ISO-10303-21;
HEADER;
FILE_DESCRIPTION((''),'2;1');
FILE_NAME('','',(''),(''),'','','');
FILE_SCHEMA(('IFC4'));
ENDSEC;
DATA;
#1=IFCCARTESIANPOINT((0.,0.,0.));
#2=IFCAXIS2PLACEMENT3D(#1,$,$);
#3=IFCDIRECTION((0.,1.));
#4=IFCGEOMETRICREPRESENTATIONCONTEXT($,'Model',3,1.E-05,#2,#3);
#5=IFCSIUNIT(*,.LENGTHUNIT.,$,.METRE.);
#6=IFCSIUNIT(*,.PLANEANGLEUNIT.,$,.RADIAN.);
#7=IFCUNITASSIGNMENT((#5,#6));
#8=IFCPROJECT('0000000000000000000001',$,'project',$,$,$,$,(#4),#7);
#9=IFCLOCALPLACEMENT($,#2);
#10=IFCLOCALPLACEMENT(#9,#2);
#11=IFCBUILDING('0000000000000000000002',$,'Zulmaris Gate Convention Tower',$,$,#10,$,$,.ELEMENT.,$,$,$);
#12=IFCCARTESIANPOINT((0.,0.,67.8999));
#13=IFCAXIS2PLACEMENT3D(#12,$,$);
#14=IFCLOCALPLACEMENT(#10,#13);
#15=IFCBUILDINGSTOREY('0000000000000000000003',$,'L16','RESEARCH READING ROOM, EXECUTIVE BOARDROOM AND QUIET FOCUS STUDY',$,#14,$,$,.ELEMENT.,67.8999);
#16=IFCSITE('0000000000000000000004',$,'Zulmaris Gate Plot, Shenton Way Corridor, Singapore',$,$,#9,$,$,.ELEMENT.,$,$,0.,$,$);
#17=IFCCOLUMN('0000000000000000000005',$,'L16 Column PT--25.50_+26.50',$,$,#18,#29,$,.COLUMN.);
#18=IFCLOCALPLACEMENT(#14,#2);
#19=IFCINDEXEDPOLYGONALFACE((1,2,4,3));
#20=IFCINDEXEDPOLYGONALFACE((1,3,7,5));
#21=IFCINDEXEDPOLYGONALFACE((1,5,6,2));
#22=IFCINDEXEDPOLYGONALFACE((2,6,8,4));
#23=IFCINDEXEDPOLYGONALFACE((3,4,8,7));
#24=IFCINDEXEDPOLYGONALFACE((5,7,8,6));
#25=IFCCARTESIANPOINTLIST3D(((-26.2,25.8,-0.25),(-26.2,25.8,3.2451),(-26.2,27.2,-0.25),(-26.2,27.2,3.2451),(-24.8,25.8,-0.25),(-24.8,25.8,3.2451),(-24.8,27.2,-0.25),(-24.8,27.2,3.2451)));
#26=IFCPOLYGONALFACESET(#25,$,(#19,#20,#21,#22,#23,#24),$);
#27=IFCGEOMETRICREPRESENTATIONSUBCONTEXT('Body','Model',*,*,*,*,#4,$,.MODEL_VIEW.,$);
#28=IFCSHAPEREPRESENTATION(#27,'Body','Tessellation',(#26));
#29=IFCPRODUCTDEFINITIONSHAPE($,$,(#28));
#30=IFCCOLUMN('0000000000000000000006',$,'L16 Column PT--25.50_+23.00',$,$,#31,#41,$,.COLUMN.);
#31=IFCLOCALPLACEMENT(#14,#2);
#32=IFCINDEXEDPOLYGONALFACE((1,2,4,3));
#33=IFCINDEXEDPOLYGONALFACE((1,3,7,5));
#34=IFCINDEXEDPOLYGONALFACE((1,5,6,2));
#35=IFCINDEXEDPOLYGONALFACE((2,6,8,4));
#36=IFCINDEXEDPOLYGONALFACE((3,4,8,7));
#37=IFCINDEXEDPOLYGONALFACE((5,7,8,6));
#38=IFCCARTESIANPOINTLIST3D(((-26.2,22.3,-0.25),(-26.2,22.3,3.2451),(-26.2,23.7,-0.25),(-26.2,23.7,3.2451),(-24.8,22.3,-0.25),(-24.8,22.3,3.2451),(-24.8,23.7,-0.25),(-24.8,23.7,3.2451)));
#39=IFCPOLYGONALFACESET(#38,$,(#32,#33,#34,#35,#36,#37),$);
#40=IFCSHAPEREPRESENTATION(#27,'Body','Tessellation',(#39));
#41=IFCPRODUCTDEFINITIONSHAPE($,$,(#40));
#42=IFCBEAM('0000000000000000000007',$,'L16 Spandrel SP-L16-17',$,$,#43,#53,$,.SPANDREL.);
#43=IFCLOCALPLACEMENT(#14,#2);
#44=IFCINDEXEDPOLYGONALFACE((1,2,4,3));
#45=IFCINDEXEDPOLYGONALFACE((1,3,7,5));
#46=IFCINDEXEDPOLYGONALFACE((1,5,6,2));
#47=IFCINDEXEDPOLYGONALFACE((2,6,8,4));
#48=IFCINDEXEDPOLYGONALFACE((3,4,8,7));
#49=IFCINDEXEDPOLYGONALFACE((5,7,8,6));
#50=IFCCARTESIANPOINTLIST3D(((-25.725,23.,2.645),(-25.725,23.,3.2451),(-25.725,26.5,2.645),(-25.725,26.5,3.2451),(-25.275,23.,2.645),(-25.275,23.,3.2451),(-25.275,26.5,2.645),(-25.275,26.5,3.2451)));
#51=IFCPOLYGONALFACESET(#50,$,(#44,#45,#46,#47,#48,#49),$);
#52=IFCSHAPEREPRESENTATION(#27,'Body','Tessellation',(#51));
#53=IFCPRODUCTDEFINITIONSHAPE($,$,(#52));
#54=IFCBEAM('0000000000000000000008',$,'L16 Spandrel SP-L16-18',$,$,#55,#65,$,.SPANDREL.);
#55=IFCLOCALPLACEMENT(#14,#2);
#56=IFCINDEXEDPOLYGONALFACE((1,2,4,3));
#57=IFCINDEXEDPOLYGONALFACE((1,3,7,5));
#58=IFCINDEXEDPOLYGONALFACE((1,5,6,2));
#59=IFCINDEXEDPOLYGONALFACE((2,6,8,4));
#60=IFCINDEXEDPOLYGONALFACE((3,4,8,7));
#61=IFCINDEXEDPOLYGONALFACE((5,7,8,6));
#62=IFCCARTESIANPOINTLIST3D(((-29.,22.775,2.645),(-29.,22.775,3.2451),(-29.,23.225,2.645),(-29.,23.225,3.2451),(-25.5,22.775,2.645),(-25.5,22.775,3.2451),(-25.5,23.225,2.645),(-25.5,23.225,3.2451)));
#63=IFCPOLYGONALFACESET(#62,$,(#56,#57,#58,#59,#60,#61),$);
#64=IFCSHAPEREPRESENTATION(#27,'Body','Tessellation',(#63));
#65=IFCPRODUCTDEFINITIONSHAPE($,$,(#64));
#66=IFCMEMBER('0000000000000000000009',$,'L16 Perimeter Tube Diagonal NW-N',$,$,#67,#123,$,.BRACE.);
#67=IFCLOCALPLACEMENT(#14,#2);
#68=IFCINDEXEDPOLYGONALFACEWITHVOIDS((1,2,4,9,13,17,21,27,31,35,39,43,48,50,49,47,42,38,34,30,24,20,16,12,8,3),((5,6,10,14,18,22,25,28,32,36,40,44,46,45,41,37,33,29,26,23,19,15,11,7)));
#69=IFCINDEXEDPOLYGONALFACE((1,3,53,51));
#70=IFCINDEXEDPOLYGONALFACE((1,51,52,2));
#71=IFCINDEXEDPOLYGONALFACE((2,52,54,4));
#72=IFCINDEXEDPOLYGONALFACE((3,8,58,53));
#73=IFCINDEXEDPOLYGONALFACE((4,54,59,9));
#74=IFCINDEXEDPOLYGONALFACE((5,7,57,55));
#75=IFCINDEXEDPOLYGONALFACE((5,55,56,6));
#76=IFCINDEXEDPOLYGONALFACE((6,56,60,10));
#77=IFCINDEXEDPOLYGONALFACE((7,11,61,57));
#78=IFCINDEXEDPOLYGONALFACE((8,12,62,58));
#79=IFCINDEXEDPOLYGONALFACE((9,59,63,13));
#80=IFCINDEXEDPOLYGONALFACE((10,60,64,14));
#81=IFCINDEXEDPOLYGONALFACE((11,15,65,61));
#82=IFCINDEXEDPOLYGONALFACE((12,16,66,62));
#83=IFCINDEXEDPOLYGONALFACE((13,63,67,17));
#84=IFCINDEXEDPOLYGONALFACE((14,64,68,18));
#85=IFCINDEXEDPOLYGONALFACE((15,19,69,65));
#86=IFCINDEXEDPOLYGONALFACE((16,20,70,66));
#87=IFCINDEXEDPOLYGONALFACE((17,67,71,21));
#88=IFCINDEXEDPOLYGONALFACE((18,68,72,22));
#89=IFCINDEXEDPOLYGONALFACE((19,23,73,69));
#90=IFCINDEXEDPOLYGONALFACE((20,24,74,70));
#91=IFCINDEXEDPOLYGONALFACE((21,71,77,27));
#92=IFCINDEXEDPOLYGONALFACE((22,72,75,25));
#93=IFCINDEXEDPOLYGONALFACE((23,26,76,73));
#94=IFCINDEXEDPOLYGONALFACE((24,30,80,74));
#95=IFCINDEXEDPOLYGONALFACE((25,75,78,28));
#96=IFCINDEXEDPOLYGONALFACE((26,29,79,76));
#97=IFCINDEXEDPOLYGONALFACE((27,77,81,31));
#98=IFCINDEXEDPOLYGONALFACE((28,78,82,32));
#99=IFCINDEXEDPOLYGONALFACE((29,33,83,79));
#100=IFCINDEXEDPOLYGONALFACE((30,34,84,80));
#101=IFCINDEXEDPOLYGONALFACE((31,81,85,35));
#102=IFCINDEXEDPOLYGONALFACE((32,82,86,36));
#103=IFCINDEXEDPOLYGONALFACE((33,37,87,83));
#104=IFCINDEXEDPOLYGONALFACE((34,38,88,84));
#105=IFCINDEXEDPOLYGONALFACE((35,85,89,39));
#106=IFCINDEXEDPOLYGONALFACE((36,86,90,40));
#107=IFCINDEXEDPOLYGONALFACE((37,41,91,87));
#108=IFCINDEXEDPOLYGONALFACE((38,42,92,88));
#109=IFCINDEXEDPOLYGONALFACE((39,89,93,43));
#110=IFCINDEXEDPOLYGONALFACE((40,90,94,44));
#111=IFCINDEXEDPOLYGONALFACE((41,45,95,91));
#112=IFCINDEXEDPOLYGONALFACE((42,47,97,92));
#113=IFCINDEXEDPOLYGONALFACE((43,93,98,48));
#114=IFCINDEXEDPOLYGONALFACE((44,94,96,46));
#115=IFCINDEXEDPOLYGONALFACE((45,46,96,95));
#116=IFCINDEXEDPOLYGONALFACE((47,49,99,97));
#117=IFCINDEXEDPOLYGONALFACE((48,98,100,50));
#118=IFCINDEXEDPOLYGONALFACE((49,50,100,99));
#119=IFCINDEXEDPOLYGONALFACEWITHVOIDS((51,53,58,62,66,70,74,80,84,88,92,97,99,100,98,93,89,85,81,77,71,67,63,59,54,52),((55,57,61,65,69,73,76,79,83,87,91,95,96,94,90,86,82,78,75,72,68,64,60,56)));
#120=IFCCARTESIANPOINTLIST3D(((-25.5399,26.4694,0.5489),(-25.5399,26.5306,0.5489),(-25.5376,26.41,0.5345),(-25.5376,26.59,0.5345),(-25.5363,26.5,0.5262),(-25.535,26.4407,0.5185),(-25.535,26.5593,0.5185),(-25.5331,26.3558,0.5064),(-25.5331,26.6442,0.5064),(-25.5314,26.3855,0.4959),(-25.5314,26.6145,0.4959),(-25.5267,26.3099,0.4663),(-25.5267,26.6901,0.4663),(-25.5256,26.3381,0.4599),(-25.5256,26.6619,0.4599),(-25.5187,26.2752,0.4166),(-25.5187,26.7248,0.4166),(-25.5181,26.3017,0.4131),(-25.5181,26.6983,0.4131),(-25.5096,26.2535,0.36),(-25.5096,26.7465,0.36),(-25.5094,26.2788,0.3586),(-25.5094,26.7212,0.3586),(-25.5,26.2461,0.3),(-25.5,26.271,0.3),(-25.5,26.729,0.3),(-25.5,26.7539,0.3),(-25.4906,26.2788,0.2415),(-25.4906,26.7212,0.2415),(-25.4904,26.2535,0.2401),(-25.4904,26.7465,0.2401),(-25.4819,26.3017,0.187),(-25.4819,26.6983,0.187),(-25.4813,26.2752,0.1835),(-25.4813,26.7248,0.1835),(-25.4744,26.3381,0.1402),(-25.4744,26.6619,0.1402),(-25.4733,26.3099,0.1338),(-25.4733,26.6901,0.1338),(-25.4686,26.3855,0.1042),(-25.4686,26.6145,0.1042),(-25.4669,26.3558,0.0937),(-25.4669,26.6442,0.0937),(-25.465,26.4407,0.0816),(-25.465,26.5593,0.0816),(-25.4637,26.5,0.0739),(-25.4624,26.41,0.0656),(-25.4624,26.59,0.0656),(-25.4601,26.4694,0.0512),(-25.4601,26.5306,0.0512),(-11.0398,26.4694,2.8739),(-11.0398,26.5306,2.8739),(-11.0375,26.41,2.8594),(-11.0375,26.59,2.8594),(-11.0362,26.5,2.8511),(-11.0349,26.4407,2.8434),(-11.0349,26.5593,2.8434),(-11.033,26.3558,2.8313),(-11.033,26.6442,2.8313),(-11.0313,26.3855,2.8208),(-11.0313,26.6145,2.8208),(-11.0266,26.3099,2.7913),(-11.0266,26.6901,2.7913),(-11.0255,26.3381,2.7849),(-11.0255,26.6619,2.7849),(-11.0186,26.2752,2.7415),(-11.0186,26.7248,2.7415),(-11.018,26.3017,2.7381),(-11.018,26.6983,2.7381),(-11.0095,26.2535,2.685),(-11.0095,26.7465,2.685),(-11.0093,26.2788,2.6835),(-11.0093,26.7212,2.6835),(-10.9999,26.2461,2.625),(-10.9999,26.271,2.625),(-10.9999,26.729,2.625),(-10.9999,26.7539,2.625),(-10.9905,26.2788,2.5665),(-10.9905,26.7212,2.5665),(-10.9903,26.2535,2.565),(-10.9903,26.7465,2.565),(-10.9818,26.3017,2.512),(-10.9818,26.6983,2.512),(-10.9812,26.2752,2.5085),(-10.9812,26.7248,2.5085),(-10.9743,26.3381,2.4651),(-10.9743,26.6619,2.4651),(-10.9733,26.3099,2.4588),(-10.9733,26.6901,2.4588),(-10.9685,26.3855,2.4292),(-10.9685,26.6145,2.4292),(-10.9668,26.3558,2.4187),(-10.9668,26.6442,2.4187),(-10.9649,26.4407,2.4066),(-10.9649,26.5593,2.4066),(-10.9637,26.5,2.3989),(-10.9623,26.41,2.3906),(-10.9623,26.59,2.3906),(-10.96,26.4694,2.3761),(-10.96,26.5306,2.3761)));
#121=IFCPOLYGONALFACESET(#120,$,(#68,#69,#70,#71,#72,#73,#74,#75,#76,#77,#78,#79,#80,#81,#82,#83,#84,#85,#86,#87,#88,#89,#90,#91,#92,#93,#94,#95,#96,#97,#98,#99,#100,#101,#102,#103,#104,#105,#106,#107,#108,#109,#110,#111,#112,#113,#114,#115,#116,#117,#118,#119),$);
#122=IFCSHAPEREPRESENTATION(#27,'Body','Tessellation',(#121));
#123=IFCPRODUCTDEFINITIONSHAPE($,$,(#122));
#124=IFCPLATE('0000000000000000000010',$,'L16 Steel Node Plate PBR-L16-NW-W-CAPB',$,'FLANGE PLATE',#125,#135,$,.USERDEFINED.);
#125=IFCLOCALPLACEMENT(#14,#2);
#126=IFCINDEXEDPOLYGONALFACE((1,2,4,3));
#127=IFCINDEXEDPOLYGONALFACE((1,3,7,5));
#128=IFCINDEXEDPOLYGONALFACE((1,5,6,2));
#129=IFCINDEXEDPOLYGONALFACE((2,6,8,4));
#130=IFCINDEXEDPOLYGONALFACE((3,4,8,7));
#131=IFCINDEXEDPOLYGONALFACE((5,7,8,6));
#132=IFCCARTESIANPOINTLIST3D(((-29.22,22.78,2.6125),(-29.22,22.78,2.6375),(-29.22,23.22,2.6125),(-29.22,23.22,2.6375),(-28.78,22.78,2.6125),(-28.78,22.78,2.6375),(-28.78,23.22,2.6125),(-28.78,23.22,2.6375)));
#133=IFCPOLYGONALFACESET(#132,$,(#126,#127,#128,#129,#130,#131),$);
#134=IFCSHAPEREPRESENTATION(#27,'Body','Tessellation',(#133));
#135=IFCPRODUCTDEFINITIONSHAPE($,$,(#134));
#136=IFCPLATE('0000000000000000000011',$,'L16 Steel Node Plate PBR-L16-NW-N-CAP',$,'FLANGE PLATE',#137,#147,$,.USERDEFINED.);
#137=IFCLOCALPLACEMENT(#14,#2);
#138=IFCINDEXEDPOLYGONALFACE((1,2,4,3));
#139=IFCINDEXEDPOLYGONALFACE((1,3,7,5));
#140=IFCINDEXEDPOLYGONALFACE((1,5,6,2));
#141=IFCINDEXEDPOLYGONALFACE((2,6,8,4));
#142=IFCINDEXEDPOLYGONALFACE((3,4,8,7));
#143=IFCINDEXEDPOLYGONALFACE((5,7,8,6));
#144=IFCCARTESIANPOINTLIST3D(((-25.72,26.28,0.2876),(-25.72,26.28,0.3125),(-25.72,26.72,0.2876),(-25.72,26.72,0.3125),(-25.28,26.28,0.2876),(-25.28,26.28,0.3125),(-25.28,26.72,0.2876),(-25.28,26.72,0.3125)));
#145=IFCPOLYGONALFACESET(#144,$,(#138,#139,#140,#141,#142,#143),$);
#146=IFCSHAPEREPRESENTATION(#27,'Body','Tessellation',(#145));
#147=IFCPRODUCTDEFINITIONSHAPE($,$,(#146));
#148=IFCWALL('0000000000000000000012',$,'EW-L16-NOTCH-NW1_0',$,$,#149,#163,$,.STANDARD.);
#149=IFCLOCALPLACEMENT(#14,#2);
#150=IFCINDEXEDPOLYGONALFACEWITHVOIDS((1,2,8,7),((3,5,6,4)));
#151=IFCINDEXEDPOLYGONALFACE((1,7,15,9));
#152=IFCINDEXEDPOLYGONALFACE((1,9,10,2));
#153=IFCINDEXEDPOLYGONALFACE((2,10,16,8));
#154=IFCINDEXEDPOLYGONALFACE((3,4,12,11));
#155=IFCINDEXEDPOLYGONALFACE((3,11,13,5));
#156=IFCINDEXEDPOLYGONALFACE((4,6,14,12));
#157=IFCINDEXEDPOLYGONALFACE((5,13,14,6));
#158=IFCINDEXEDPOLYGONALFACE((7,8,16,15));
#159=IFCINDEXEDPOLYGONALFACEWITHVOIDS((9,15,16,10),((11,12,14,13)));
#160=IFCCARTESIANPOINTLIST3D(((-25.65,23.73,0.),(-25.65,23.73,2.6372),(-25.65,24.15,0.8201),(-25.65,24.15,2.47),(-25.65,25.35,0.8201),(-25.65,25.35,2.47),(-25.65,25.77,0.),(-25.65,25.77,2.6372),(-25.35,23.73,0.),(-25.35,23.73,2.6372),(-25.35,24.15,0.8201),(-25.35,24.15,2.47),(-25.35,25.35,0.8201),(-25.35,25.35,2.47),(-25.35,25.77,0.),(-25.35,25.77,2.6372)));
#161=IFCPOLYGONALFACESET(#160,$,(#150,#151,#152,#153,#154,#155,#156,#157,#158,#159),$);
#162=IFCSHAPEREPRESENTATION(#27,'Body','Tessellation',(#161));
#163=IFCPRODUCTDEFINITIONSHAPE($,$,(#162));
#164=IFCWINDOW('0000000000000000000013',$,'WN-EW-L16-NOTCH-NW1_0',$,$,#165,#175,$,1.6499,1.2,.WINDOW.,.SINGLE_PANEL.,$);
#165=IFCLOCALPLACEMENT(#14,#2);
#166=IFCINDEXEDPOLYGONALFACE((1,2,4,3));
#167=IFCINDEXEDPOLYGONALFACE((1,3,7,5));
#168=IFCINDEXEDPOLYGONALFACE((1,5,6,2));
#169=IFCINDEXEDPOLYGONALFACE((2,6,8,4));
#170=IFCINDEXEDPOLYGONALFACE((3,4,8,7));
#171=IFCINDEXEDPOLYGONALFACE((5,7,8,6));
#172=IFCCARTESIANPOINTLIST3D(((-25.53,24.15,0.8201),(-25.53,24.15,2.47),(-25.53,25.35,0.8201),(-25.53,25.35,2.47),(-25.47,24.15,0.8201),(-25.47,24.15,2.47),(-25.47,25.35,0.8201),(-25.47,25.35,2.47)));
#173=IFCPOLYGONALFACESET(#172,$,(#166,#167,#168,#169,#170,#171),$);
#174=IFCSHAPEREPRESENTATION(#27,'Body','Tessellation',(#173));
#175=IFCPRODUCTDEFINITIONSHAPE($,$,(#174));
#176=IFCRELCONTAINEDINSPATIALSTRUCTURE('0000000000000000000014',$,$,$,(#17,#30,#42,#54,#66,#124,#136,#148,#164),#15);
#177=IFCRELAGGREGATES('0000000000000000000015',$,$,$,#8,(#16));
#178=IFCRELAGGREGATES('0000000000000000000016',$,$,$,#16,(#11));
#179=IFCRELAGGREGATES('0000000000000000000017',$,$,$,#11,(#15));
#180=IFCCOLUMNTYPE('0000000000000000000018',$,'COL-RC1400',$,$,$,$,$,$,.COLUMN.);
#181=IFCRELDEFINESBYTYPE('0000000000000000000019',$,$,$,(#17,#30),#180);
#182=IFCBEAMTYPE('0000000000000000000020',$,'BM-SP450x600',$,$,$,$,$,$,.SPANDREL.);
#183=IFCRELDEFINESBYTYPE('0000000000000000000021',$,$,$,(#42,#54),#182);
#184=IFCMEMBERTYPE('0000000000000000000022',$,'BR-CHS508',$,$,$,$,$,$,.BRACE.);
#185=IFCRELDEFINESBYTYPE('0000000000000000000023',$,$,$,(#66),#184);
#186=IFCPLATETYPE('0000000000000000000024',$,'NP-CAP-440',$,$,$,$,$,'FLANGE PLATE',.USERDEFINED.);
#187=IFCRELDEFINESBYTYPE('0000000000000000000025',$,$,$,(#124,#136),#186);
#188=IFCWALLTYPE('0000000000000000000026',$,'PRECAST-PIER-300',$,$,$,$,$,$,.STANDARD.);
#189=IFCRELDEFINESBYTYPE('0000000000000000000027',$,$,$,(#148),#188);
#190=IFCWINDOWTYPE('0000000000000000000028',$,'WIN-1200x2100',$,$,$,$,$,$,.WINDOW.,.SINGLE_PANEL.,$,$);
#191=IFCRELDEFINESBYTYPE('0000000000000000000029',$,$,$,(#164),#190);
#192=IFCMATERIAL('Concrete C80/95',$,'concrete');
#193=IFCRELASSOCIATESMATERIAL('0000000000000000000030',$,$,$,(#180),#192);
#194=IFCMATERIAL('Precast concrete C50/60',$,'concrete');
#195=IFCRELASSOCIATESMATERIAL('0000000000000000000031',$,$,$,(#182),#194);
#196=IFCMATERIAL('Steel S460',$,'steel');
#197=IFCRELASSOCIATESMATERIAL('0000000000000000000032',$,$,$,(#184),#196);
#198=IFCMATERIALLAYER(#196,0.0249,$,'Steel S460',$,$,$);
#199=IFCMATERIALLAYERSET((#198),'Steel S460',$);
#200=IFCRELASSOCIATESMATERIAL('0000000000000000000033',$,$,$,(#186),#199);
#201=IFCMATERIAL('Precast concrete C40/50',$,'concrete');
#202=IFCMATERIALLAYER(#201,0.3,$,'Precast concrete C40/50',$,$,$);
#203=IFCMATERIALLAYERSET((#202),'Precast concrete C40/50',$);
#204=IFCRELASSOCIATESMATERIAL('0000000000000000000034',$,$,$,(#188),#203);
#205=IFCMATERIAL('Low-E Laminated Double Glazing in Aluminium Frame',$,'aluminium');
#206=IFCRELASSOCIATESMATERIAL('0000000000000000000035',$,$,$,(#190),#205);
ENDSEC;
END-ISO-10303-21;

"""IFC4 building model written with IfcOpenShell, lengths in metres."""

from ifc_helpers import new_model, si_unit, direction, frame, frame_2d, origin, origin_2d, place, context, subcontext, project, spatial, rectangle, hollow_circle, extrude, material, layer, layer_set, material_profile, profile_set, type_object, element, fill, save


model = new_model("IFC4")

# Units and contexts
model_context = context("Model", 3, precision=1e-05, world=origin(), true_north=direction((0.0, 1.0)))
body_context = subcontext(model_context, "Body", "Model", "MODEL_VIEW")
ifc_project = project(units=[si_unit("LENGTHUNIT", "METRE"), si_unit("PLANEANGLEUNIT", "RADIAN")], contexts=[model_context])

# Site, building, storey
site_placement = place(None, origin())
site = spatial("IfcSite", under=ifc_project, at=site_placement, Name="Zulmaris Gate Plot, Shenton Way Corridor, Singapore", CompositionType="ELEMENT", RefElevation=0.0)
building_placement = place(site_placement, origin())
building = spatial("IfcBuilding", under=site, at=building_placement, Name="Zulmaris Gate Convention Tower", CompositionType="ELEMENT")
storey_placement = place(building_placement, frame((0.0, 0.0, 67.8999)))
storey = spatial("IfcBuildingStorey", under=building, at=storey_placement, Name="L16", Description="RESEARCH READING ROOM, EXECUTIVE BOARDROOM AND QUIET FOCUS STUDY", CompositionType="ELEMENT", Elevation=67.8999)

# Columns
ifc_material_1 = material(Name="Concrete C80/95", Category="concrete")
ifc_material_profile_1 = material_profile(ifc_material_1, rectangle(XDim=1.3999, YDim=1.3999, at=origin_2d()), Name="RC COL 1400x1400")
ifc_profile_set_1 = profile_set([ifc_material_profile_1], Name="Concrete C80/95")
column_type = type_object("IfcColumnType", Name="COL-RC1400", PredefinedType="COLUMN", material=ifc_profile_set_1)
for number, where, z_axis, x_axis, name in (
    (1, (-25.5, 26.5, -0.25), (0.0, 0.0, 1.0), (1.0, 0.0, 0.0), "L16 Column PT--25.50_+26.50"),
    (2, (-25.5, 23.0, -0.25), (0.0, 0.0, 1.0), (1.0, 0.0, 0.0), "L16 Column PT--25.50_+23.00"),
):
    element("IfcColumn", number, at=place(storey_placement, frame(where, z_axis=z_axis, x_axis=x_axis)), inside=storey, type_object=column_type, Name=name, PredefinedType="COLUMN", context=body_context, shape_type="SweptSolid", body=[
        extrude(rectangle(XDim=1.3999, YDim=1.3999, at=origin_2d()), origin(), (0.0, 0.0, 1.0), 3.4951),
    ])

# Beams
ifc_material_2 = material(Name="Precast concrete C50/60", Category="concrete")
ifc_material_profile_2 = material_profile(ifc_material_2, rectangle(XDim=0.45, YDim=0.6001, at=origin_2d()), Name="RC SPANDREL 450x600")
ifc_profile_set_2 = profile_set([ifc_material_profile_2], Name="Precast concrete C50/60")
beam_type = type_object("IfcBeamType", Name="BM-SP450x600", PredefinedType="SPANDREL", material=ifc_profile_set_2)
for number, where, z_axis, x_axis, name in (
    (3, (-25.5, 26.5, 2.9451), (0.0, -1.0, 0.0), (1.0, 0.0, 0.0), "L16 Spandrel SP-L16-17"),
    (4, (-25.5, 23.0, 2.9451), (-1.0, 0.0, 0.0), (0.0, -1.0, 0.0), "L16 Spandrel SP-L16-18"),
):
    element("IfcBeam", number, at=place(storey_placement, frame(where, z_axis=z_axis, x_axis=x_axis)), inside=storey, type_object=beam_type, Name=name, PredefinedType="SPANDREL", context=body_context, shape_type="SweptSolid", body=[
        extrude(rectangle(XDim=0.45, YDim=0.6001, at=origin_2d()), origin(), (0.0, 0.0, 1.0), 3.5),
    ])

# Member
ifc_material_3 = material(Name="Steel S460", Category="steel")
ifc_material_profile_3 = material_profile(ifc_material_3, hollow_circle(Radius=0.2539, WallThickness=0.0249, at=origin_2d()), Name="CHS 508x25")
ifc_profile_set_3 = profile_set([ifc_material_profile_3], Name="Steel S460")
member_type = type_object("IfcMemberType", Name="BR-CHS508", PredefinedType="BRACE", material=ifc_profile_set_3)
member_placement = place(storey_placement, frame((-25.5, 26.5, 0.3), z_axis=(0.987388, 0.0, 0.158319), x_axis=(0.0, 1.0, 0.0)))
element("IfcMember", 5, at=member_placement, inside=storey, type_object=member_type, Name="L16 Perimeter Tube Diagonal NW-N", PredefinedType="BRACE", context=body_context, shape_type="SweptSolid", body=[
    extrude(hollow_circle(Radius=0.2539, WallThickness=0.0249, at=origin_2d()), origin(), (0.0, 0.0, 1.0), 14.6853),
])

# Plates
ifc_layer_1 = layer(ifc_material_3, 0.0249, Name="Steel S460")
ifc_layer_set_1 = layer_set([ifc_layer_1], Name="Steel S460")
plate_type = type_object("IfcPlateType", Name="NP-CAP-440", ElementType="FLANGE PLATE", PredefinedType="USERDEFINED", material=ifc_layer_set_1)
for number, where, z_axis, x_axis, name in (
    (6, (-29.0, 23.0, 2.6125), (0.0, 0.0, 1.0), (1.0, 0.0, 0.0), "L16 Steel Node Plate PBR-L16-NW-W-CAPB"),
    (7, (-25.5, 26.5, 0.2876), (0.0, 0.0, 1.0), (1.0, 0.0, 0.0), "L16 Steel Node Plate PBR-L16-NW-N-CAP"),
):
    element("IfcPlate", number, at=place(storey_placement, frame(where, z_axis=z_axis, x_axis=x_axis)), inside=storey, type_object=plate_type, Name=name, ObjectType="FLANGE PLATE", PredefinedType="USERDEFINED", context=body_context, shape_type="SweptSolid", body=[
        extrude(rectangle(XDim=0.4399, YDim=0.4399, at=origin_2d()), origin(), (0.0, 0.0, 1.0), 0.0249),
    ])

# Wall, opening, window
ifc_material_4 = material(Name="Precast concrete C40/50", Category="concrete")
ifc_layer_2 = layer(ifc_material_4, 0.3, Name="Precast concrete C40/50")
ifc_layer_set_2 = layer_set([ifc_layer_2], Name="Precast concrete C40/50")
wall_type = type_object("IfcWallType", Name="PRECAST-PIER-300", PredefinedType="STANDARD", material=ifc_layer_set_2)
wall_1_placement = place(storey_placement, frame((-25.5, 25.77, 0.0), z_axis=(0.0, 0.0, 1.0), x_axis=(0.0, -1.0, 0.0)))
wall_1 = element("IfcWall", 8, at=wall_1_placement, inside=storey, type_object=wall_type, Name="EW-L16-NOTCH-NW1_0", PredefinedType="STANDARD", context=body_context, shape_type="SweptSolid", body=[
    extrude(rectangle(XDim=2.04, YDim=0.3, at=frame_2d((1.02, 0.0))), origin(), (0.0, 0.0, 1.0), 2.6372),
])
opening_1_placement = place(wall_1_placement, frame((0.4199, 0.0, 0.8201)))
opening_1 = element("IfcOpeningElement", 9, at=opening_1_placement, cuts=wall_1, PredefinedType="OPENING", context=body_context, shape_type="SweptSolid", body=[
    extrude(rectangle(XDim=1.2, YDim=1.6499, at=frame_2d((0.6001, 0.825))), frame((0.0, 0.1602, 0.0), z_axis=(0.0, -1.0, 0.0), x_axis=(1.0, 0.0, 0.0)), (0.0, 0.0, 1.0), 0.3201),
])
ifc_material_5 = material(Name="Low-E Laminated Double Glazing in Aluminium Frame", Category="aluminium")
window_type = type_object("IfcWindowType", Name="WIN-1200x2100", PartitioningType="SINGLE_PANEL", PredefinedType="WINDOW", material=ifc_material_5)
window_1_placement = place(opening_1_placement, origin())
window_1 = element("IfcWindow", 10, at=window_1_placement, inside=storey, type_object=window_type, Name="WN-EW-L16-NOTCH-NW1_0", OverallHeight=1.6499, OverallWidth=1.2, PartitioningType="SINGLE_PANEL", PredefinedType="WINDOW", context=body_context, shape_type="SweptSolid", body=[
    extrude(rectangle(XDim=1.2, YDim=1.6499, at=frame_2d((0.6001, 0.825))), frame((0.0, 0.03, 0.0), z_axis=(0.0, -1.0, 0.0), x_axis=(1.0, 0.0, 0.0)), (0.0, 0.0, 1.0), 0.0601),
])
fill(opening_1, window_1)

save(model, "model.ifc")
